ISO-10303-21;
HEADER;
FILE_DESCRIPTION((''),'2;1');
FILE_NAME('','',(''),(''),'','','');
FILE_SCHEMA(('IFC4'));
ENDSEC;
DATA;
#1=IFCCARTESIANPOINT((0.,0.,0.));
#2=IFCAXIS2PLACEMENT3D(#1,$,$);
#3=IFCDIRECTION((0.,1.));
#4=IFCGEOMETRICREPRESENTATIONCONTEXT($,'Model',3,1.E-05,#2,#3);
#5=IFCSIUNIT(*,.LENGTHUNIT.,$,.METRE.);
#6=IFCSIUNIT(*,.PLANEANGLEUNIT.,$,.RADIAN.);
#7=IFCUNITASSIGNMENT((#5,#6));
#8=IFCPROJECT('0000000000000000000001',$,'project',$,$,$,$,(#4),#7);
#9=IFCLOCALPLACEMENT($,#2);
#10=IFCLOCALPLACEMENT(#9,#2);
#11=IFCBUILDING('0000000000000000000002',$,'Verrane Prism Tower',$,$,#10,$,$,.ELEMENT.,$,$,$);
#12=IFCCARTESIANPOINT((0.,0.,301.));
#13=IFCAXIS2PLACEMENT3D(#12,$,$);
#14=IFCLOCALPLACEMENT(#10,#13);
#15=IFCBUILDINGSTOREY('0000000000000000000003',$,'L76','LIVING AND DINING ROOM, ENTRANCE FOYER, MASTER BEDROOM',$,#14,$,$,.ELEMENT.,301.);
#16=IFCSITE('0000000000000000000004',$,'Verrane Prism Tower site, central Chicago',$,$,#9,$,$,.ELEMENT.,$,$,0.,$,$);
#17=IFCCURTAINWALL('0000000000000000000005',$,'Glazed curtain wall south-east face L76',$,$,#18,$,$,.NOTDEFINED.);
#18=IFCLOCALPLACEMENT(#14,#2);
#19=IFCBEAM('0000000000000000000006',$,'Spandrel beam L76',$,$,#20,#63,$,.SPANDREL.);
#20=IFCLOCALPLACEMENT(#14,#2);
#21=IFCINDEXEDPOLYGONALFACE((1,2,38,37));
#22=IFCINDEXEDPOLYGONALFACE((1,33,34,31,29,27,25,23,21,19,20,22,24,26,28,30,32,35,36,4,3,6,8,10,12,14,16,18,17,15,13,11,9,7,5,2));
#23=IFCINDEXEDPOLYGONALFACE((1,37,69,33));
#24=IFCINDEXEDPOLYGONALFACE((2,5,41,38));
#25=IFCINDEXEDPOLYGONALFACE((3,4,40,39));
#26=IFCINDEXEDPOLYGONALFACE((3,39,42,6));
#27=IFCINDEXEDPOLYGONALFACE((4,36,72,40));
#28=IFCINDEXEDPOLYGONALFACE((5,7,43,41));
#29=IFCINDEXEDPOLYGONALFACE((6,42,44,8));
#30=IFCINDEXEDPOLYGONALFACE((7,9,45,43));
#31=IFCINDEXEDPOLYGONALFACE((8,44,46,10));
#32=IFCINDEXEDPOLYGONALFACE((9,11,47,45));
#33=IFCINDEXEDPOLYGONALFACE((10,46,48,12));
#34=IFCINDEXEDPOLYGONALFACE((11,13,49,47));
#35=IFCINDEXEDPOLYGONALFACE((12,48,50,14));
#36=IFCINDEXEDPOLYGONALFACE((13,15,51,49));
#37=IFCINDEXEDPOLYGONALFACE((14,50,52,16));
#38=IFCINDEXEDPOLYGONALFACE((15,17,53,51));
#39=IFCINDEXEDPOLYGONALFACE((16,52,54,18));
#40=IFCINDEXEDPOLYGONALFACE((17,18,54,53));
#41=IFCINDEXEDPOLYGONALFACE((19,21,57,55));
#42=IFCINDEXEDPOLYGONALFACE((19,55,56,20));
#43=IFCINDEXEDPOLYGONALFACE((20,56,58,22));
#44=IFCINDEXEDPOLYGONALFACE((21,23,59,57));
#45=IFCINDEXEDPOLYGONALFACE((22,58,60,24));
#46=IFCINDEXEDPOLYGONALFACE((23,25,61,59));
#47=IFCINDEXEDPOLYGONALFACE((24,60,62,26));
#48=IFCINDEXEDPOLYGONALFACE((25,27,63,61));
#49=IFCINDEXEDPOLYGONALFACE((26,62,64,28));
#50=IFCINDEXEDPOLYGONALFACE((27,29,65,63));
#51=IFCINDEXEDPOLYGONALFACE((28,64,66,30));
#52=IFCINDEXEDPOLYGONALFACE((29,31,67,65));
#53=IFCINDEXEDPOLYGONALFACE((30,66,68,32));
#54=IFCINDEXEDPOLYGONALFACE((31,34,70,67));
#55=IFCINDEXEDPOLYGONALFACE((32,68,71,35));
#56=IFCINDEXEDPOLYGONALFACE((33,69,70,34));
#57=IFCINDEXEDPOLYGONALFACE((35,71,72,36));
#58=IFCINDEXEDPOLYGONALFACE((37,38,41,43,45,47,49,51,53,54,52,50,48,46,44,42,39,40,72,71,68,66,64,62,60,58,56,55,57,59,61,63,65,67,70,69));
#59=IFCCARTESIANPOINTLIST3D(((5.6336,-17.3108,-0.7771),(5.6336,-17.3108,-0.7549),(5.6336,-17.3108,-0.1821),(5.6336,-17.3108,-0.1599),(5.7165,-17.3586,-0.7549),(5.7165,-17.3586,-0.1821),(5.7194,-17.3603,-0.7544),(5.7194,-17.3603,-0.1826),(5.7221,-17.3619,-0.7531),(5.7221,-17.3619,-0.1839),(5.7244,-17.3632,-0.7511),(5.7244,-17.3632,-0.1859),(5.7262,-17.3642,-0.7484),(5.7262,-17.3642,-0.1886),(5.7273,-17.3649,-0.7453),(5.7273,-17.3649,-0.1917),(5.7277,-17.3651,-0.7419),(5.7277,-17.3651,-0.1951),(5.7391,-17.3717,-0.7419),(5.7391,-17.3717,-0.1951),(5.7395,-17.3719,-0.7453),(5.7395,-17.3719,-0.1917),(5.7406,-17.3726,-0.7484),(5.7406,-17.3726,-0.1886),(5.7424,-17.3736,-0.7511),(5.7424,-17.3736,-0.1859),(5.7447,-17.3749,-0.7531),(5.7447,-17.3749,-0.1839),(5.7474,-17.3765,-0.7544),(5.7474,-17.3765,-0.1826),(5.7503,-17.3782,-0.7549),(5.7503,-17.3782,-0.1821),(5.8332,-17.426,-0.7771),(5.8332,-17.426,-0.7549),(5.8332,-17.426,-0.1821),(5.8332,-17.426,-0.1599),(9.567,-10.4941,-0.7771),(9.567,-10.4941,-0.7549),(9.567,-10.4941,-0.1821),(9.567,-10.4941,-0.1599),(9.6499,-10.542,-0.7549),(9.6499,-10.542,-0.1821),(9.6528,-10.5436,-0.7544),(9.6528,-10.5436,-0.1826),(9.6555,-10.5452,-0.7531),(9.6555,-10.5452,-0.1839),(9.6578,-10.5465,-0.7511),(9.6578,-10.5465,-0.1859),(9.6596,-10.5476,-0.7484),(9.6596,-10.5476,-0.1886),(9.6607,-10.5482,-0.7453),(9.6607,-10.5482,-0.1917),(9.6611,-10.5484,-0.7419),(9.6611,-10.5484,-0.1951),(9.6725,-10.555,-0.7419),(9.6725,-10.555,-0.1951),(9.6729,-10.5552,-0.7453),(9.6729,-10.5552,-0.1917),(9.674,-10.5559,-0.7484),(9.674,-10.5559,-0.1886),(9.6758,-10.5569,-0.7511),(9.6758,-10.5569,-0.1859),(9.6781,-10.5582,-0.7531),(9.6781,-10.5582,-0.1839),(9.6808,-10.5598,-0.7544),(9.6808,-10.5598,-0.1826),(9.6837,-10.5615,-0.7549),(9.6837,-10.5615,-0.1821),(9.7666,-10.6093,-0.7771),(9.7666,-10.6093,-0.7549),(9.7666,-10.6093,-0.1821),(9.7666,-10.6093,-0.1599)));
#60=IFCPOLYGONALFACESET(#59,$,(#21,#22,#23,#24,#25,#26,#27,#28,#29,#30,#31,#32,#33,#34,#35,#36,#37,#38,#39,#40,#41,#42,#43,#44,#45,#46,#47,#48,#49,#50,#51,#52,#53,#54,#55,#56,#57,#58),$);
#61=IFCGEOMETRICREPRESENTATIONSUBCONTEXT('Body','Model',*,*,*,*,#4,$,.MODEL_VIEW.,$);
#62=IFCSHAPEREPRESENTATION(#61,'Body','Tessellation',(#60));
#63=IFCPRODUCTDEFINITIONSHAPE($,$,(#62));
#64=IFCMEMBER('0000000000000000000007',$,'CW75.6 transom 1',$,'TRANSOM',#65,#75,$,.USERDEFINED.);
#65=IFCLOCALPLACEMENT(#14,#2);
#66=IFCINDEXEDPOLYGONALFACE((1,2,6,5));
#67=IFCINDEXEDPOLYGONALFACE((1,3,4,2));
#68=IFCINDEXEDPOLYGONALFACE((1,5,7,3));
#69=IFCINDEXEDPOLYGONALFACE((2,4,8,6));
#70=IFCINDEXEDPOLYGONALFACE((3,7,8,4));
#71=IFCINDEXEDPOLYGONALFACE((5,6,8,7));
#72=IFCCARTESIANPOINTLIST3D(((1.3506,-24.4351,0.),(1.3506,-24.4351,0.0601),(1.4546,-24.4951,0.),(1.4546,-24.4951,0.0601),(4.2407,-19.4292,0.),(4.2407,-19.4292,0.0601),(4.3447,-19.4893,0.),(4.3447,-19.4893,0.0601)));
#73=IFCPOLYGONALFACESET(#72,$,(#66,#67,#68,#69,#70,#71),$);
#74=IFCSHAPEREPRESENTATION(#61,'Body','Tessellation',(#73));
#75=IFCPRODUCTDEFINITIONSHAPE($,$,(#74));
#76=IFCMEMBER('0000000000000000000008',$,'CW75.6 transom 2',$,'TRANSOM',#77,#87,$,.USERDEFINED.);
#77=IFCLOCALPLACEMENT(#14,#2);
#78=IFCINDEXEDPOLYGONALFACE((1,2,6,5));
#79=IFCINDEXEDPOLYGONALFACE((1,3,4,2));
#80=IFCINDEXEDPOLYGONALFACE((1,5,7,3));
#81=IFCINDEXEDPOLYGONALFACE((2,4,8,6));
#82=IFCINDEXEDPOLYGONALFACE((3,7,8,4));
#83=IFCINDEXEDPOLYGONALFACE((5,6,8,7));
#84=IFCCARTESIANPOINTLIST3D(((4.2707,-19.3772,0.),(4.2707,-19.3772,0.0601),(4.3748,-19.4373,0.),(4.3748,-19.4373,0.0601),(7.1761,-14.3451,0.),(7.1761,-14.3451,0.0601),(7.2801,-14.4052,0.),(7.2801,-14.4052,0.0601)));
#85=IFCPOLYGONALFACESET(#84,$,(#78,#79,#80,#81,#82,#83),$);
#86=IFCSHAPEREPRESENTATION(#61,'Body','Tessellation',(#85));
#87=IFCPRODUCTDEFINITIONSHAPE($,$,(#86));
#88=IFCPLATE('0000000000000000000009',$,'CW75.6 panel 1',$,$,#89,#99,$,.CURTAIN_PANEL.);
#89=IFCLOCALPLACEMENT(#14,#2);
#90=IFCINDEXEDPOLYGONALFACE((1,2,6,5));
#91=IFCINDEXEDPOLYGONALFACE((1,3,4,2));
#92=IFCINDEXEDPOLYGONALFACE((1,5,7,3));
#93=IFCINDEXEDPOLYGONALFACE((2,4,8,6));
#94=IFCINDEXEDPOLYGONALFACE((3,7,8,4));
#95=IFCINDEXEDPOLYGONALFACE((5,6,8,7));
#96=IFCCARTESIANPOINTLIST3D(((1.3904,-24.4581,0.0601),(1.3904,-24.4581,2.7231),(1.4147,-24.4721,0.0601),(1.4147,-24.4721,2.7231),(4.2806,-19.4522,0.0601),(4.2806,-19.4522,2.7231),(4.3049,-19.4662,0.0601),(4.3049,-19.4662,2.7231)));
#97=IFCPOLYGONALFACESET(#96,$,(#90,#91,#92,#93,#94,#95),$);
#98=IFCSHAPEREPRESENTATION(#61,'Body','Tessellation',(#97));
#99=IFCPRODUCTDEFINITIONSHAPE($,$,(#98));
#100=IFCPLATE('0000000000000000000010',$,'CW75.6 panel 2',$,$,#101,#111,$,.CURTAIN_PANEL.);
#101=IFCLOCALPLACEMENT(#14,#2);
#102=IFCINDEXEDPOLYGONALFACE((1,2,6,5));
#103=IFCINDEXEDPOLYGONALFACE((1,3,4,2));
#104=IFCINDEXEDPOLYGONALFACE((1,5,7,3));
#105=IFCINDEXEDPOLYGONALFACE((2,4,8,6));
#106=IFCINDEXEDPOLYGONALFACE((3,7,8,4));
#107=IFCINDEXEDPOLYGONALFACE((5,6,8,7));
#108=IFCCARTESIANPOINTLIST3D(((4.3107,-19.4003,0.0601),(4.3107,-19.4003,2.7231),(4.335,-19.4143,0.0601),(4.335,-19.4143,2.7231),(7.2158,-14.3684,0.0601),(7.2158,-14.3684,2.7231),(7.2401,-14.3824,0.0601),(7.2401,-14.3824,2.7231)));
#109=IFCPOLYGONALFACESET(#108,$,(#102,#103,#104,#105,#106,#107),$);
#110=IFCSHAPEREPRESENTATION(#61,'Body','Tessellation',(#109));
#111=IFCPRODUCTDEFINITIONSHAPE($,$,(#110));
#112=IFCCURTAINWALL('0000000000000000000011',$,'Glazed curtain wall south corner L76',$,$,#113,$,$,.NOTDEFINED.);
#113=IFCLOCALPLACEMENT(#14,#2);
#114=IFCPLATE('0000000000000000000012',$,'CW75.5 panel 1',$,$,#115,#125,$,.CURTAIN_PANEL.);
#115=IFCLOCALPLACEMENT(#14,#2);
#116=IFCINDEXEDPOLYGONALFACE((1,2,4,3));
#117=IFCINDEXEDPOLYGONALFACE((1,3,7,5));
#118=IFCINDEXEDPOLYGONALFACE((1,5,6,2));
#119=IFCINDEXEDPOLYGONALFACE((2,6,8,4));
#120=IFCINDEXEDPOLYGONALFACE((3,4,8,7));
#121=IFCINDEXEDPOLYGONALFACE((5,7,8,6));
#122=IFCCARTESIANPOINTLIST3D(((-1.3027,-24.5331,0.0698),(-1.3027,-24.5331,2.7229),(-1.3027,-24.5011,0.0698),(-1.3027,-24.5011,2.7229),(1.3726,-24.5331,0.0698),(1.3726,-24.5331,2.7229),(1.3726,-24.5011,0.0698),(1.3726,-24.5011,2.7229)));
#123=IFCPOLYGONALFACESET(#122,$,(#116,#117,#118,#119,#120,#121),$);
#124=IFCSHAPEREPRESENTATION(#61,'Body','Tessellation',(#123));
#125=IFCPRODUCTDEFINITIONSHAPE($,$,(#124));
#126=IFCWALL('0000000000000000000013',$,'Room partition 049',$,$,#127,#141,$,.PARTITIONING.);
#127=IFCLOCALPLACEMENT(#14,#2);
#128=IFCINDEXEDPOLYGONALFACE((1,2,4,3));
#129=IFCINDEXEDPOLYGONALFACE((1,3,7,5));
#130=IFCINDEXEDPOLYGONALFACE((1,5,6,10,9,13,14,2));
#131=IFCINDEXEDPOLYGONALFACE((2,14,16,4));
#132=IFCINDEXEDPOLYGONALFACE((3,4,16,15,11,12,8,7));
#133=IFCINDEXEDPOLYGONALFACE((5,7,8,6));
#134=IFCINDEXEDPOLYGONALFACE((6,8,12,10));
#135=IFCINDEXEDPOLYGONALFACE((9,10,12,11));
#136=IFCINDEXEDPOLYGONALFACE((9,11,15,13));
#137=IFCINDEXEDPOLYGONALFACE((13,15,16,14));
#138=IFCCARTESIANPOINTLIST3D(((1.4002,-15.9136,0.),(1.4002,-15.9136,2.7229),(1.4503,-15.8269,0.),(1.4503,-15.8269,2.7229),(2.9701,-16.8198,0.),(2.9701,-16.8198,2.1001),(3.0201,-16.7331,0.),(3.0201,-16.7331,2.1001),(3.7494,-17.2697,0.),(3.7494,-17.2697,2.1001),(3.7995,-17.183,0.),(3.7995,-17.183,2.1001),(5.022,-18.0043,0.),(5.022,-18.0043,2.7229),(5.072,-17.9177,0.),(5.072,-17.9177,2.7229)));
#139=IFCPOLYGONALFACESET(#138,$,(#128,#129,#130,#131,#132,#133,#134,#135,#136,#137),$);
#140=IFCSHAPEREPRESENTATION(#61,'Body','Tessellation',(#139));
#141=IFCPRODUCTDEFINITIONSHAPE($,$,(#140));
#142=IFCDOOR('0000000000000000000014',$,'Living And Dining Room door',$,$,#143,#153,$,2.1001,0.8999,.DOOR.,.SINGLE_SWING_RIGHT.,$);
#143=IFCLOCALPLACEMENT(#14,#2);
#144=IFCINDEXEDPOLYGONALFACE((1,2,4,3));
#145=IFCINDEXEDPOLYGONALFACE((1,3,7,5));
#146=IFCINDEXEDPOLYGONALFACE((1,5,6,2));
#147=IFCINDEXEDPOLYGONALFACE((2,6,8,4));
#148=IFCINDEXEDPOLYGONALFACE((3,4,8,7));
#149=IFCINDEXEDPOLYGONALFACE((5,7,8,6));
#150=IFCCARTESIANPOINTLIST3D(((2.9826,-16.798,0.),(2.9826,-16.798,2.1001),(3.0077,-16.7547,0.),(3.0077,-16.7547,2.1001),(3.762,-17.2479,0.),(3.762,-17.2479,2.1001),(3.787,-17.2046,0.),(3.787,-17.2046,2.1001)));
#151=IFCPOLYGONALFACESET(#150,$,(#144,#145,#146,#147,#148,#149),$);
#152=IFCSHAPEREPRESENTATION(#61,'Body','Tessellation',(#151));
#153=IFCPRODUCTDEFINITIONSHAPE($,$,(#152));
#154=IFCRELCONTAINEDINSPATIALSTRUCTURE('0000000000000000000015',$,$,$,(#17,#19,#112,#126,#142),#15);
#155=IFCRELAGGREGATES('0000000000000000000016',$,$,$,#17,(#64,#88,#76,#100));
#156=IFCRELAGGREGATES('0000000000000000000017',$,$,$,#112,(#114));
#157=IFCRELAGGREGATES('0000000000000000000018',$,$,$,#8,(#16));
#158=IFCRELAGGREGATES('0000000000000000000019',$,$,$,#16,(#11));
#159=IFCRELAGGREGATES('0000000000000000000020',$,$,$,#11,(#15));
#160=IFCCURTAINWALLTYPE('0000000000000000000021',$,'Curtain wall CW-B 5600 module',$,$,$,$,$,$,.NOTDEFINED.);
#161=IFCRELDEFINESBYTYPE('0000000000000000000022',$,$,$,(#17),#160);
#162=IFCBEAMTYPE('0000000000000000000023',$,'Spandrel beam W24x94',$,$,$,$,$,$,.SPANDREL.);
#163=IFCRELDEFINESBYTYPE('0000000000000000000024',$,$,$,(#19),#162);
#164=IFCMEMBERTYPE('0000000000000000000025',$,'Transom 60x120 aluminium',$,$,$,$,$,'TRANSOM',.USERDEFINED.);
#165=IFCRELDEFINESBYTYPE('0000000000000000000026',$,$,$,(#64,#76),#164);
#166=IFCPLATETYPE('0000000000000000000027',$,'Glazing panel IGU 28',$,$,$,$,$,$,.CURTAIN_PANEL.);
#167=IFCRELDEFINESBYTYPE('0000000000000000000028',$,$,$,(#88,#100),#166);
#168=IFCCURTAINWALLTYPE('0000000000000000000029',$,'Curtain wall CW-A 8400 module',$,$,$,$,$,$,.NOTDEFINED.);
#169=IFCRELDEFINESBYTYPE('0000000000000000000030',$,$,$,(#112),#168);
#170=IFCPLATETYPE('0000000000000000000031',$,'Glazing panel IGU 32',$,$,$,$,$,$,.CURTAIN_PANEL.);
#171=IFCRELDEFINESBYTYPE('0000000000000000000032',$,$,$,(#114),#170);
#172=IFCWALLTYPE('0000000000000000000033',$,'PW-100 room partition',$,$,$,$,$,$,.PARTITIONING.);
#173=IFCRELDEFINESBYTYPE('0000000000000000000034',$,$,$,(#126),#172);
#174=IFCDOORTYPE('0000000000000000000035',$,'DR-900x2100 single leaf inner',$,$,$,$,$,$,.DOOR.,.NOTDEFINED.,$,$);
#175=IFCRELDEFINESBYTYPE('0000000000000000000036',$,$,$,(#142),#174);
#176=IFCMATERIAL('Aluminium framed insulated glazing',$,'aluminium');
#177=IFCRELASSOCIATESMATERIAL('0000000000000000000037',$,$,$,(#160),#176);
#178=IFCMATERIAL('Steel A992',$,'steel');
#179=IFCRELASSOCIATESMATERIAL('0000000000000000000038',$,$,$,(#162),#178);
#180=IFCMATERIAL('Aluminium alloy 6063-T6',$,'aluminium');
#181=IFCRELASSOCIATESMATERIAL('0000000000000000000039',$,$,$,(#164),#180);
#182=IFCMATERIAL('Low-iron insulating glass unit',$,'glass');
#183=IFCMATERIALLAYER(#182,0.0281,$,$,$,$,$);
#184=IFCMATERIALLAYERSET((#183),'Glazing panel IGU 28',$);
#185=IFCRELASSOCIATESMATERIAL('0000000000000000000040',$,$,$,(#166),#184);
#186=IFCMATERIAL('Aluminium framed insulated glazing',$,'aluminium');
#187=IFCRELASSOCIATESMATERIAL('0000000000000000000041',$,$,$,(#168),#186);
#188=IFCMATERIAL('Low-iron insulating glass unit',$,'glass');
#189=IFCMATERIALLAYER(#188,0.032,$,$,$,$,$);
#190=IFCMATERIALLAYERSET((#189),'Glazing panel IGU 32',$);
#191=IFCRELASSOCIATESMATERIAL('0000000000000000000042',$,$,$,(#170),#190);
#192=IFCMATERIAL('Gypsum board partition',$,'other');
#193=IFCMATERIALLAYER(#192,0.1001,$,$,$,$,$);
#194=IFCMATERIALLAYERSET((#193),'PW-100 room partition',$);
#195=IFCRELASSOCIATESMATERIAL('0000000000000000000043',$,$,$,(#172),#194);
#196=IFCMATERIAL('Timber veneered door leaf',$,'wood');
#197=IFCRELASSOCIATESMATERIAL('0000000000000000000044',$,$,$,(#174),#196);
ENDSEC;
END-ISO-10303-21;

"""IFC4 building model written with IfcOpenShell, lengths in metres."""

from ifc_helpers import new_model, si_unit, direction, frame, frame_2d, origin, origin_2d, place, context, subcontext, project, spatial, rectangle, i_section, extrude, material, layer, layer_set, material_profile, profile_set, type_object, element, fill, aggregate, save


model = new_model("IFC4")

# Units and contexts
model_context = context("Model", 3, precision=1e-05, world=origin(), true_north=direction((0.0, 1.0)))
body_context = subcontext(model_context, "Body", "Model", "MODEL_VIEW")
ifc_project = project(units=[si_unit("LENGTHUNIT", "METRE"), si_unit("PLANEANGLEUNIT", "RADIAN")], contexts=[model_context])

# Site, building, storey
site_placement = place(None, origin())
site = spatial("IfcSite", under=ifc_project, at=site_placement, Name="Verrane Prism Tower site, central Chicago", CompositionType="ELEMENT", RefElevation=0.0)
building_placement = place(site_placement, origin())
building = spatial("IfcBuilding", under=site, at=building_placement, Name="Verrane Prism Tower", CompositionType="ELEMENT")
storey_placement = place(building_placement, frame((0.0, 0.0, 301.0)))
storey = spatial("IfcBuildingStorey", under=building, at=storey_placement, Name="L76", Description="LIVING AND DINING ROOM, ENTRANCE FOYER, MASTER BEDROOM", CompositionType="ELEMENT", Elevation=301.0)

# Curtain wall
ifc_material_1 = material(Name="Aluminium framed insulated glazing", Category="aluminium")
curtain_wall_type_1 = type_object("IfcCurtainWallType", Name="Curtain wall CW-B 5600 module", PredefinedType="NOTDEFINED", material=ifc_material_1)
curtain_wall_1_placement = place(storey_placement, origin())
curtain_wall_1 = element("IfcCurtainWall", 1, at=curtain_wall_1_placement, inside=storey, type_object=curtain_wall_type_1, Name="Glazed curtain wall south-east face L76", PredefinedType="NOTDEFINED")

# Beam
ifc_material_2 = material(Name="Steel A992", Category="steel")
ifc_material_profile_1 = material_profile(ifc_material_2, i_section(OverallWidth=0.2305, OverallDepth=0.6172, WebThickness=0.0132, FlangeThickness=0.0222, FilletRadius=0.0129, at=origin_2d()), Name="W24x94")
ifc_profile_set_1 = profile_set([ifc_material_profile_1], Name="Steel A992")
beam_type_1 = type_object("IfcBeamType", Name="Spandrel beam W24x94", PredefinedType="SPANDREL", material=ifc_profile_set_1)
beam_1_placement = place(storey_placement, frame((5.7334, -17.3684, -0.4685), z_axis=(0.499786, 0.866149, 0.0), x_axis=(-0.866149, 0.499786, 0.0)))
element("IfcBeam", 2, at=beam_1_placement, inside=storey, type_object=beam_type_1, Name="Spandrel beam L76", PredefinedType="SPANDREL", context=body_context, shape_type="SweptSolid", body=[
    extrude(i_section(OverallWidth=0.2305, OverallDepth=0.6172, WebThickness=0.0132, FlangeThickness=0.0222, FilletRadius=0.0129, at=origin_2d()), origin(), (0.0, 0.0, 1.0), 7.8701),
])

# Members
ifc_material_3 = material(Name="Aluminium alloy 6063-T6", Category="aluminium")
ifc_material_profile_2 = material_profile(ifc_material_3, rectangle(XDim=0.1201, YDim=0.0601, at=origin_2d()), Name="Transom 60x120 aluminium")
ifc_profile_set_2 = profile_set([ifc_material_profile_2], Name="Aluminium alloy 6063-T6")
member_type_1 = type_object("IfcMemberType", Name="Transom 60x120 aluminium", ElementType="TRANSOM", PredefinedType="USERDEFINED", material=ifc_profile_set_2)
member_1_placement = place(storey_placement, frame((1.4026, -24.4651, 0.03), z_axis=(0.5, 0.866025, 0.0), x_axis=(-0.866025, 0.5, 0.0)))
member_1 = element("IfcMember", 3, at=member_1_placement, type_object=member_type_1, Name="CW75.6 transom 1", ObjectType="TRANSOM", PredefinedType="USERDEFINED", context=body_context, shape_type="SweptSolid", body=[
    extrude(rectangle(XDim=0.1201, YDim=0.0601, at=origin_2d()), origin(), (0.0, 0.0, 1.0), 5.7803),
])
member_2_placement = place(storey_placement, frame((4.3228, -19.4072, 0.03), z_axis=(0.500007, 0.866021, 0.0), x_axis=(-0.866021, 0.500007, 0.0)))
member_2 = element("IfcMember", 4, at=member_2_placement, type_object=member_type_1, Name="CW75.6 transom 2", ObjectType="TRANSOM", PredefinedType="USERDEFINED", context=body_context, shape_type="SweptSolid", body=[
    extrude(rectangle(XDim=0.1201, YDim=0.0601, at=origin_2d()), origin(), (0.0, 0.0, 1.0), 5.8105),
])

# Plates
ifc_material_4 = material(Name="Low-iron insulating glass unit", Category="glass")
ifc_layer_1 = layer(ifc_material_4, 0.0281)
ifc_layer_set_1 = layer_set([ifc_layer_1], Name="Glazing panel IGU 28")
plate_type_1 = type_object("IfcPlateType", Name="Glazing panel IGU 28", PredefinedType="CURTAIN_PANEL", material=ifc_layer_set_1)
plate_1_placement = place(storey_placement, frame((2.8477, -21.9622, 0.0601), z_axis=(0.0, 0.0, 1.0), x_axis=(0.500001, 0.866025, 0.0)))
plate_1 = element("IfcPlate", 5, at=plate_1_placement, type_object=plate_type_1, Name="CW75.6 panel 1", PredefinedType="CURTAIN_PANEL", context=body_context, shape_type="SweptSolid", body=[
    extrude(rectangle(XDim=5.7803, YDim=0.0281, at=origin_2d()), origin(), (0.0, 0.0, 1.0), 2.6631),
])
plate_2_placement = place(storey_placement, frame((5.7754, -16.8914, 0.0601), z_axis=(0.0, 0.0, 1.0), x_axis=(0.500001, 0.866025, 0.0)))
plate_2 = element("IfcPlate", 6, at=plate_2_placement, type_object=plate_type_1, Name="CW75.6 panel 2", PredefinedType="CURTAIN_PANEL", context=body_context, shape_type="SweptSolid", body=[
    extrude(rectangle(XDim=5.8103, YDim=0.0281, at=origin_2d()), origin(), (0.0, 0.0, 1.0), 2.6631),
])
aggregate(curtain_wall_1, [member_1, plate_1, member_2, plate_2])

# Curtain wall, plate
ifc_material_5 = material(Name="Aluminium framed insulated glazing", Category="aluminium")
curtain_wall_type_2 = type_object("IfcCurtainWallType", Name="Curtain wall CW-A 8400 module", PredefinedType="NOTDEFINED", material=ifc_material_5)
curtain_wall_2_placement = place(storey_placement, origin())
curtain_wall_2 = element("IfcCurtainWall", 7, at=curtain_wall_2_placement, inside=storey, type_object=curtain_wall_type_2, Name="Glazed curtain wall south corner L76", PredefinedType="NOTDEFINED")
ifc_material_6 = material(Name="Low-iron insulating glass unit", Category="glass")
ifc_layer_2 = layer(ifc_material_6, 0.032)
ifc_layer_set_2 = layer_set([ifc_layer_2], Name="Glazing panel IGU 32")
plate_type_2 = type_object("IfcPlateType", Name="Glazing panel IGU 32", PredefinedType="CURTAIN_PANEL", material=ifc_layer_set_2)
plate_3_placement = place(storey_placement, frame((0.0349, -24.5171, 0.0698), z_axis=(0.0, 0.0, 1.0), x_axis=(1.0, 0.0, 0.0)))
plate_3 = element("IfcPlate", 8, at=plate_3_placement, type_object=plate_type_2, Name="CW75.5 panel 1", PredefinedType="CURTAIN_PANEL", context=body_context, shape_type="SweptSolid", body=[
    extrude(rectangle(XDim=2.6753, YDim=0.032, at=origin_2d()), origin(), (0.0, 0.0, 1.0), 2.6531),
])
aggregate(curtain_wall_2, [plate_3])

# Wall, opening, door
ifc_material_7 = material(Name="Gypsum board partition", Category="other")
ifc_layer_3 = layer(ifc_material_7, 0.1001)
ifc_layer_set_3 = layer_set([ifc_layer_3], Name="PW-100 room partition")
wall_type_1 = type_object("IfcWallType", Name="PW-100 room partition", PredefinedType="PARTITIONING", material=ifc_layer_set_3)
wall_1_placement = place(storey_placement, frame((5.0469, -17.9609, 0.0), z_axis=(0.0, 0.0, 1.0), x_axis=(-0.86605, 0.499957, 0.0)))
wall_1 = element("IfcWall", 9, at=wall_1_placement, inside=storey, type_object=wall_type_1, Name="Room partition 049", PredefinedType="PARTITIONING", context=body_context, shape_type="SweptSolid", body=[
    extrude(rectangle(XDim=4.1819, YDim=0.1001, at=frame_2d((2.0908, 0.0))), origin(), (0.0, 0.0, 1.0), 2.7229),
])
opening_1_placement = place(wall_1_placement, frame((1.4692, 0.0, 0.0)))
opening_1 = element("IfcOpeningElement", 10, at=opening_1_placement, cuts=wall_1, PredefinedType="OPENING", context=body_context, shape_type="SweptSolid", body=[
    extrude(rectangle(XDim=0.8999, YDim=2.1001, at=frame_2d((0.45, 1.05))), frame((0.0, 0.0601, 0.0), z_axis=(0.0, -1.0, 0.0), x_axis=(1.0, 0.0, 0.0)), (0.0, 0.0, 1.0), 0.1201),
])
ifc_material_8 = material(Name="Timber veneered door leaf", Category="wood")
door_type_1 = type_object("IfcDoorType", Name="DR-900x2100 single leaf inner", OperationType="NOTDEFINED", PredefinedType="DOOR", material=ifc_material_8)
door_1_placement = place(opening_1_placement, origin())
door_1 = element("IfcDoor", 11, at=door_1_placement, inside=storey, type_object=door_type_1, Name="Living And Dining Room door", OperationType="SINGLE_SWING_RIGHT", OverallHeight=2.1001, OverallWidth=0.8999, PredefinedType="DOOR", context=body_context, shape_type="SweptSolid", body=[
    extrude(rectangle(XDim=0.8999, YDim=2.1001, at=frame_2d((0.45, 1.05))), frame((0.0, 0.0249, 0.0), z_axis=(0.0, -1.0, 0.0), x_axis=(1.0, 0.0, 0.0)), (0.0, 0.0, 1.0), 0.05),
])
fill(opening_1, door_1)

save(model, "model.ifc")
